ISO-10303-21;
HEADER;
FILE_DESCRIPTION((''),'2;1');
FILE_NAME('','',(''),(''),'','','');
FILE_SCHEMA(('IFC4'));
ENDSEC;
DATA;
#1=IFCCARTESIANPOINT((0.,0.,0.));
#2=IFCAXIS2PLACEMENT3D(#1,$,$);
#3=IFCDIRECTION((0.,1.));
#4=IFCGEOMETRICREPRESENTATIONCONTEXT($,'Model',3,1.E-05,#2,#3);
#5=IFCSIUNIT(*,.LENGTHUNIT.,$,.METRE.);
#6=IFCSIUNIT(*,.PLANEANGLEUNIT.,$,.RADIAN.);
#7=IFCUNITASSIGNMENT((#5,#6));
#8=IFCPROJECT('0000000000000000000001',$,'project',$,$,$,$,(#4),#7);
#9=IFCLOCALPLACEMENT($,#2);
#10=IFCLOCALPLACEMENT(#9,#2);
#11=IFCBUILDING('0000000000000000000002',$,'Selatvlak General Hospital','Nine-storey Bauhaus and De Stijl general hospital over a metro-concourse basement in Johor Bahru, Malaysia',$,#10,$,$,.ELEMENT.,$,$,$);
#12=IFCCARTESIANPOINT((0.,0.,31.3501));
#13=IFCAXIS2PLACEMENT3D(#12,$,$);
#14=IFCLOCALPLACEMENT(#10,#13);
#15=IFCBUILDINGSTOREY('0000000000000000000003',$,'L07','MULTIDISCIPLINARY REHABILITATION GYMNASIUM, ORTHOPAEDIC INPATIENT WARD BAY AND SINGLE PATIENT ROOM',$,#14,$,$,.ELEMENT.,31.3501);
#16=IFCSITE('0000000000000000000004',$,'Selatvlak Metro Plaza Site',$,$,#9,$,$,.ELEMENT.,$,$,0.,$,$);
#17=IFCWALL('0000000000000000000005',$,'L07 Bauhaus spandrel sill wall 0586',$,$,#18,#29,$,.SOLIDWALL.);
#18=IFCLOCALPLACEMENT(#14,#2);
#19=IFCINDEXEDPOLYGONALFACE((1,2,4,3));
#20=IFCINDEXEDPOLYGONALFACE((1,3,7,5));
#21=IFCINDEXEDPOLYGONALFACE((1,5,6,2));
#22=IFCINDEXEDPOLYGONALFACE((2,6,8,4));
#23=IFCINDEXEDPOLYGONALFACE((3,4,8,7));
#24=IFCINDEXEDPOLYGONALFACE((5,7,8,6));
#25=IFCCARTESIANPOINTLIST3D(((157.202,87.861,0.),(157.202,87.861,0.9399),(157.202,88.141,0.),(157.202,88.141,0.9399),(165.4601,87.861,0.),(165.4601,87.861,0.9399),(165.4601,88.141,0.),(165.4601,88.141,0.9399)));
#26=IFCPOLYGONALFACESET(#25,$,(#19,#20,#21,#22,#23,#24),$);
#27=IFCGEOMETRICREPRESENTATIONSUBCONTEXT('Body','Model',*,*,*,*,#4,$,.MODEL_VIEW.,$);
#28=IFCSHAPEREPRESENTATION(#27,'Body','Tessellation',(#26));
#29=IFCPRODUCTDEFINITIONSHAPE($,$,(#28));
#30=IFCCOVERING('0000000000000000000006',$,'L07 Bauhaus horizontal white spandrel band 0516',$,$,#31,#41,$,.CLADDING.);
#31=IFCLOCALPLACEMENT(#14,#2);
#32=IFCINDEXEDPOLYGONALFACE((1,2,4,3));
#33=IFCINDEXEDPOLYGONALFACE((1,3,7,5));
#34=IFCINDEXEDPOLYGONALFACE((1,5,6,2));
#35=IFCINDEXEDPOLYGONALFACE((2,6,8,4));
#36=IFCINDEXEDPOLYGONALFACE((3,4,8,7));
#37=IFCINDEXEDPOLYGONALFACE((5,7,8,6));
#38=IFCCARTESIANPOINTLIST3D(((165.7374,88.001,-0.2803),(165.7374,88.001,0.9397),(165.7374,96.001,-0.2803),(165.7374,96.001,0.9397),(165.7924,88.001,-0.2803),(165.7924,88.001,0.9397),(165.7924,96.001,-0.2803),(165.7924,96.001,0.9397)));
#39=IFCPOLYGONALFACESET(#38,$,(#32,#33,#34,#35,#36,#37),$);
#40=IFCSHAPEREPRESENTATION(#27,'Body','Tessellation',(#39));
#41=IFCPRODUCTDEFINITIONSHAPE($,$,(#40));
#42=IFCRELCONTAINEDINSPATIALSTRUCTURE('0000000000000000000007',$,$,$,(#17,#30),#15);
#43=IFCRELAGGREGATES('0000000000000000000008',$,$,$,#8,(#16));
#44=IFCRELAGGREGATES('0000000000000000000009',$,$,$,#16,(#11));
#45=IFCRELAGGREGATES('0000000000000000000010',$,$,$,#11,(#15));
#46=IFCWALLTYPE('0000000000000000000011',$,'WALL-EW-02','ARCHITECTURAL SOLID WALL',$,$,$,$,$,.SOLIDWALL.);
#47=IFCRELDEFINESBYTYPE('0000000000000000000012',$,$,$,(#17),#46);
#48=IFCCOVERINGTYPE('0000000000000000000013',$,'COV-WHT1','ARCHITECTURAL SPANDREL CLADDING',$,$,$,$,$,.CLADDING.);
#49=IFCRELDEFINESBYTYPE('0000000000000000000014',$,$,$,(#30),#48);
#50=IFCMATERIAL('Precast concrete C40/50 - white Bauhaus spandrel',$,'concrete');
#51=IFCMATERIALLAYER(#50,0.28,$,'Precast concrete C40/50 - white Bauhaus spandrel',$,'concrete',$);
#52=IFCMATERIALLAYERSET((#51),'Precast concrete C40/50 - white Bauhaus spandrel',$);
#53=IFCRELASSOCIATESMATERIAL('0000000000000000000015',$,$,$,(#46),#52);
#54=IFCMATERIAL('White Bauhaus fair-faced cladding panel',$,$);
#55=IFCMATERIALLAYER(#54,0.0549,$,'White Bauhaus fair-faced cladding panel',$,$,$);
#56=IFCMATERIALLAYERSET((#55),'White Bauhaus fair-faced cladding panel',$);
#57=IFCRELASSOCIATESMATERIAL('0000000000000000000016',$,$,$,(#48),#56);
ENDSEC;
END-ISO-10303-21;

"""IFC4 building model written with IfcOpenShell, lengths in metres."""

from ifc_helpers import new_model, si_unit, direction, frame, frame_2d, origin, origin_2d, place, context, subcontext, project, spatial, rectangle, extrude, material, layer, layer_set, type_object, element, save


model = new_model("IFC4")

# Units and contexts
model_context = context("Model", 3, precision=1e-05, world=origin(), true_north=direction((0.0, 1.0)))
body_context = subcontext(model_context, "Body", "Model", "MODEL_VIEW")
ifc_project = project(units=[si_unit("LENGTHUNIT", "METRE"), si_unit("PLANEANGLEUNIT", "RADIAN")], contexts=[model_context])

# Site, building, storey
site_placement = place(None, origin())
site = spatial("IfcSite", under=ifc_project, at=site_placement, Name="Selatvlak Metro Plaza Site", CompositionType="ELEMENT", RefElevation=0.0)
building_placement = place(site_placement, origin())
building = spatial("IfcBuilding", under=site, at=building_placement, Name="Selatvlak General Hospital", Description="Nine-storey Bauhaus and De Stijl general hospital over a metro-concourse basement in Johor Bahru, Malaysia", CompositionType="ELEMENT")
storey_placement = place(building_placement, frame((0.0, 0.0, 31.3501)))
storey = spatial("IfcBuildingStorey", under=building, at=storey_placement, Name="L07", Description="MULTIDISCIPLINARY REHABILITATION GYMNASIUM, ORTHOPAEDIC INPATIENT WARD BAY AND SINGLE PATIENT ROOM", CompositionType="ELEMENT", Elevation=31.3501)

# Wall
ifc_material_1 = material(Name="Precast concrete C40/50 - white Bauhaus spandrel", Category="concrete")
ifc_layer_1 = layer(ifc_material_1, 0.28, Name="Precast concrete C40/50 - white Bauhaus spandrel", Category="concrete")
ifc_layer_set_1 = layer_set([ifc_layer_1], Name="Precast concrete C40/50 - white Bauhaus spandrel")
wall_type = type_object("IfcWallType", Name="WALL-EW-02", Description="ARCHITECTURAL SOLID WALL", PredefinedType="SOLIDWALL", material=ifc_layer_set_1)
wall_1_placement = place(storey_placement, frame((165.46, 88.001, 0.0), z_axis=(0.0, 0.0, 1.0), x_axis=(-1.0, 0.0, 0.0)))
element("IfcWall", 1, at=wall_1_placement, inside=storey, type_object=wall_type, Name="L07 Bauhaus spandrel sill wall 0586", PredefinedType="SOLIDWALL", context=body_context, shape_type="SweptSolid", body=[
    extrude(rectangle(XDim=8.2581, YDim=0.28, at=frame_2d((4.1289, 0.0))), origin(), (0.0, 0.0, 1.0), 0.9399),
])

# Covering
ifc_material_2 = material(Name="White Bauhaus fair-faced cladding panel")
ifc_layer_2 = layer(ifc_material_2, 0.0549, Name="White Bauhaus fair-faced cladding panel")
ifc_layer_set_2 = layer_set([ifc_layer_2], Name="White Bauhaus fair-faced cladding panel")
covering_type = type_object("IfcCoveringType", Name="COV-WHT1", Description="ARCHITECTURAL SPANDREL CLADDING", PredefinedType="CLADDING", material=ifc_layer_set_2)
covering_placement = place(storey_placement, frame((165.7649, 92.001, -0.2803), z_axis=(0.0, 0.0, 1.0), x_axis=(0.0, -1.0, 0.0)))
element("IfcCovering", 2, at=covering_placement, inside=storey, type_object=covering_type, Name="L07 Bauhaus horizontal white spandrel band 0516", PredefinedType="CLADDING", context=body_context, shape_type="SweptSolid", body=[
    extrude(rectangle(XDim=8.0, YDim=0.0549, at=origin_2d()), origin(), (0.0, 0.0, 1.0), 1.22),
])

save(model, "model.ifc")
